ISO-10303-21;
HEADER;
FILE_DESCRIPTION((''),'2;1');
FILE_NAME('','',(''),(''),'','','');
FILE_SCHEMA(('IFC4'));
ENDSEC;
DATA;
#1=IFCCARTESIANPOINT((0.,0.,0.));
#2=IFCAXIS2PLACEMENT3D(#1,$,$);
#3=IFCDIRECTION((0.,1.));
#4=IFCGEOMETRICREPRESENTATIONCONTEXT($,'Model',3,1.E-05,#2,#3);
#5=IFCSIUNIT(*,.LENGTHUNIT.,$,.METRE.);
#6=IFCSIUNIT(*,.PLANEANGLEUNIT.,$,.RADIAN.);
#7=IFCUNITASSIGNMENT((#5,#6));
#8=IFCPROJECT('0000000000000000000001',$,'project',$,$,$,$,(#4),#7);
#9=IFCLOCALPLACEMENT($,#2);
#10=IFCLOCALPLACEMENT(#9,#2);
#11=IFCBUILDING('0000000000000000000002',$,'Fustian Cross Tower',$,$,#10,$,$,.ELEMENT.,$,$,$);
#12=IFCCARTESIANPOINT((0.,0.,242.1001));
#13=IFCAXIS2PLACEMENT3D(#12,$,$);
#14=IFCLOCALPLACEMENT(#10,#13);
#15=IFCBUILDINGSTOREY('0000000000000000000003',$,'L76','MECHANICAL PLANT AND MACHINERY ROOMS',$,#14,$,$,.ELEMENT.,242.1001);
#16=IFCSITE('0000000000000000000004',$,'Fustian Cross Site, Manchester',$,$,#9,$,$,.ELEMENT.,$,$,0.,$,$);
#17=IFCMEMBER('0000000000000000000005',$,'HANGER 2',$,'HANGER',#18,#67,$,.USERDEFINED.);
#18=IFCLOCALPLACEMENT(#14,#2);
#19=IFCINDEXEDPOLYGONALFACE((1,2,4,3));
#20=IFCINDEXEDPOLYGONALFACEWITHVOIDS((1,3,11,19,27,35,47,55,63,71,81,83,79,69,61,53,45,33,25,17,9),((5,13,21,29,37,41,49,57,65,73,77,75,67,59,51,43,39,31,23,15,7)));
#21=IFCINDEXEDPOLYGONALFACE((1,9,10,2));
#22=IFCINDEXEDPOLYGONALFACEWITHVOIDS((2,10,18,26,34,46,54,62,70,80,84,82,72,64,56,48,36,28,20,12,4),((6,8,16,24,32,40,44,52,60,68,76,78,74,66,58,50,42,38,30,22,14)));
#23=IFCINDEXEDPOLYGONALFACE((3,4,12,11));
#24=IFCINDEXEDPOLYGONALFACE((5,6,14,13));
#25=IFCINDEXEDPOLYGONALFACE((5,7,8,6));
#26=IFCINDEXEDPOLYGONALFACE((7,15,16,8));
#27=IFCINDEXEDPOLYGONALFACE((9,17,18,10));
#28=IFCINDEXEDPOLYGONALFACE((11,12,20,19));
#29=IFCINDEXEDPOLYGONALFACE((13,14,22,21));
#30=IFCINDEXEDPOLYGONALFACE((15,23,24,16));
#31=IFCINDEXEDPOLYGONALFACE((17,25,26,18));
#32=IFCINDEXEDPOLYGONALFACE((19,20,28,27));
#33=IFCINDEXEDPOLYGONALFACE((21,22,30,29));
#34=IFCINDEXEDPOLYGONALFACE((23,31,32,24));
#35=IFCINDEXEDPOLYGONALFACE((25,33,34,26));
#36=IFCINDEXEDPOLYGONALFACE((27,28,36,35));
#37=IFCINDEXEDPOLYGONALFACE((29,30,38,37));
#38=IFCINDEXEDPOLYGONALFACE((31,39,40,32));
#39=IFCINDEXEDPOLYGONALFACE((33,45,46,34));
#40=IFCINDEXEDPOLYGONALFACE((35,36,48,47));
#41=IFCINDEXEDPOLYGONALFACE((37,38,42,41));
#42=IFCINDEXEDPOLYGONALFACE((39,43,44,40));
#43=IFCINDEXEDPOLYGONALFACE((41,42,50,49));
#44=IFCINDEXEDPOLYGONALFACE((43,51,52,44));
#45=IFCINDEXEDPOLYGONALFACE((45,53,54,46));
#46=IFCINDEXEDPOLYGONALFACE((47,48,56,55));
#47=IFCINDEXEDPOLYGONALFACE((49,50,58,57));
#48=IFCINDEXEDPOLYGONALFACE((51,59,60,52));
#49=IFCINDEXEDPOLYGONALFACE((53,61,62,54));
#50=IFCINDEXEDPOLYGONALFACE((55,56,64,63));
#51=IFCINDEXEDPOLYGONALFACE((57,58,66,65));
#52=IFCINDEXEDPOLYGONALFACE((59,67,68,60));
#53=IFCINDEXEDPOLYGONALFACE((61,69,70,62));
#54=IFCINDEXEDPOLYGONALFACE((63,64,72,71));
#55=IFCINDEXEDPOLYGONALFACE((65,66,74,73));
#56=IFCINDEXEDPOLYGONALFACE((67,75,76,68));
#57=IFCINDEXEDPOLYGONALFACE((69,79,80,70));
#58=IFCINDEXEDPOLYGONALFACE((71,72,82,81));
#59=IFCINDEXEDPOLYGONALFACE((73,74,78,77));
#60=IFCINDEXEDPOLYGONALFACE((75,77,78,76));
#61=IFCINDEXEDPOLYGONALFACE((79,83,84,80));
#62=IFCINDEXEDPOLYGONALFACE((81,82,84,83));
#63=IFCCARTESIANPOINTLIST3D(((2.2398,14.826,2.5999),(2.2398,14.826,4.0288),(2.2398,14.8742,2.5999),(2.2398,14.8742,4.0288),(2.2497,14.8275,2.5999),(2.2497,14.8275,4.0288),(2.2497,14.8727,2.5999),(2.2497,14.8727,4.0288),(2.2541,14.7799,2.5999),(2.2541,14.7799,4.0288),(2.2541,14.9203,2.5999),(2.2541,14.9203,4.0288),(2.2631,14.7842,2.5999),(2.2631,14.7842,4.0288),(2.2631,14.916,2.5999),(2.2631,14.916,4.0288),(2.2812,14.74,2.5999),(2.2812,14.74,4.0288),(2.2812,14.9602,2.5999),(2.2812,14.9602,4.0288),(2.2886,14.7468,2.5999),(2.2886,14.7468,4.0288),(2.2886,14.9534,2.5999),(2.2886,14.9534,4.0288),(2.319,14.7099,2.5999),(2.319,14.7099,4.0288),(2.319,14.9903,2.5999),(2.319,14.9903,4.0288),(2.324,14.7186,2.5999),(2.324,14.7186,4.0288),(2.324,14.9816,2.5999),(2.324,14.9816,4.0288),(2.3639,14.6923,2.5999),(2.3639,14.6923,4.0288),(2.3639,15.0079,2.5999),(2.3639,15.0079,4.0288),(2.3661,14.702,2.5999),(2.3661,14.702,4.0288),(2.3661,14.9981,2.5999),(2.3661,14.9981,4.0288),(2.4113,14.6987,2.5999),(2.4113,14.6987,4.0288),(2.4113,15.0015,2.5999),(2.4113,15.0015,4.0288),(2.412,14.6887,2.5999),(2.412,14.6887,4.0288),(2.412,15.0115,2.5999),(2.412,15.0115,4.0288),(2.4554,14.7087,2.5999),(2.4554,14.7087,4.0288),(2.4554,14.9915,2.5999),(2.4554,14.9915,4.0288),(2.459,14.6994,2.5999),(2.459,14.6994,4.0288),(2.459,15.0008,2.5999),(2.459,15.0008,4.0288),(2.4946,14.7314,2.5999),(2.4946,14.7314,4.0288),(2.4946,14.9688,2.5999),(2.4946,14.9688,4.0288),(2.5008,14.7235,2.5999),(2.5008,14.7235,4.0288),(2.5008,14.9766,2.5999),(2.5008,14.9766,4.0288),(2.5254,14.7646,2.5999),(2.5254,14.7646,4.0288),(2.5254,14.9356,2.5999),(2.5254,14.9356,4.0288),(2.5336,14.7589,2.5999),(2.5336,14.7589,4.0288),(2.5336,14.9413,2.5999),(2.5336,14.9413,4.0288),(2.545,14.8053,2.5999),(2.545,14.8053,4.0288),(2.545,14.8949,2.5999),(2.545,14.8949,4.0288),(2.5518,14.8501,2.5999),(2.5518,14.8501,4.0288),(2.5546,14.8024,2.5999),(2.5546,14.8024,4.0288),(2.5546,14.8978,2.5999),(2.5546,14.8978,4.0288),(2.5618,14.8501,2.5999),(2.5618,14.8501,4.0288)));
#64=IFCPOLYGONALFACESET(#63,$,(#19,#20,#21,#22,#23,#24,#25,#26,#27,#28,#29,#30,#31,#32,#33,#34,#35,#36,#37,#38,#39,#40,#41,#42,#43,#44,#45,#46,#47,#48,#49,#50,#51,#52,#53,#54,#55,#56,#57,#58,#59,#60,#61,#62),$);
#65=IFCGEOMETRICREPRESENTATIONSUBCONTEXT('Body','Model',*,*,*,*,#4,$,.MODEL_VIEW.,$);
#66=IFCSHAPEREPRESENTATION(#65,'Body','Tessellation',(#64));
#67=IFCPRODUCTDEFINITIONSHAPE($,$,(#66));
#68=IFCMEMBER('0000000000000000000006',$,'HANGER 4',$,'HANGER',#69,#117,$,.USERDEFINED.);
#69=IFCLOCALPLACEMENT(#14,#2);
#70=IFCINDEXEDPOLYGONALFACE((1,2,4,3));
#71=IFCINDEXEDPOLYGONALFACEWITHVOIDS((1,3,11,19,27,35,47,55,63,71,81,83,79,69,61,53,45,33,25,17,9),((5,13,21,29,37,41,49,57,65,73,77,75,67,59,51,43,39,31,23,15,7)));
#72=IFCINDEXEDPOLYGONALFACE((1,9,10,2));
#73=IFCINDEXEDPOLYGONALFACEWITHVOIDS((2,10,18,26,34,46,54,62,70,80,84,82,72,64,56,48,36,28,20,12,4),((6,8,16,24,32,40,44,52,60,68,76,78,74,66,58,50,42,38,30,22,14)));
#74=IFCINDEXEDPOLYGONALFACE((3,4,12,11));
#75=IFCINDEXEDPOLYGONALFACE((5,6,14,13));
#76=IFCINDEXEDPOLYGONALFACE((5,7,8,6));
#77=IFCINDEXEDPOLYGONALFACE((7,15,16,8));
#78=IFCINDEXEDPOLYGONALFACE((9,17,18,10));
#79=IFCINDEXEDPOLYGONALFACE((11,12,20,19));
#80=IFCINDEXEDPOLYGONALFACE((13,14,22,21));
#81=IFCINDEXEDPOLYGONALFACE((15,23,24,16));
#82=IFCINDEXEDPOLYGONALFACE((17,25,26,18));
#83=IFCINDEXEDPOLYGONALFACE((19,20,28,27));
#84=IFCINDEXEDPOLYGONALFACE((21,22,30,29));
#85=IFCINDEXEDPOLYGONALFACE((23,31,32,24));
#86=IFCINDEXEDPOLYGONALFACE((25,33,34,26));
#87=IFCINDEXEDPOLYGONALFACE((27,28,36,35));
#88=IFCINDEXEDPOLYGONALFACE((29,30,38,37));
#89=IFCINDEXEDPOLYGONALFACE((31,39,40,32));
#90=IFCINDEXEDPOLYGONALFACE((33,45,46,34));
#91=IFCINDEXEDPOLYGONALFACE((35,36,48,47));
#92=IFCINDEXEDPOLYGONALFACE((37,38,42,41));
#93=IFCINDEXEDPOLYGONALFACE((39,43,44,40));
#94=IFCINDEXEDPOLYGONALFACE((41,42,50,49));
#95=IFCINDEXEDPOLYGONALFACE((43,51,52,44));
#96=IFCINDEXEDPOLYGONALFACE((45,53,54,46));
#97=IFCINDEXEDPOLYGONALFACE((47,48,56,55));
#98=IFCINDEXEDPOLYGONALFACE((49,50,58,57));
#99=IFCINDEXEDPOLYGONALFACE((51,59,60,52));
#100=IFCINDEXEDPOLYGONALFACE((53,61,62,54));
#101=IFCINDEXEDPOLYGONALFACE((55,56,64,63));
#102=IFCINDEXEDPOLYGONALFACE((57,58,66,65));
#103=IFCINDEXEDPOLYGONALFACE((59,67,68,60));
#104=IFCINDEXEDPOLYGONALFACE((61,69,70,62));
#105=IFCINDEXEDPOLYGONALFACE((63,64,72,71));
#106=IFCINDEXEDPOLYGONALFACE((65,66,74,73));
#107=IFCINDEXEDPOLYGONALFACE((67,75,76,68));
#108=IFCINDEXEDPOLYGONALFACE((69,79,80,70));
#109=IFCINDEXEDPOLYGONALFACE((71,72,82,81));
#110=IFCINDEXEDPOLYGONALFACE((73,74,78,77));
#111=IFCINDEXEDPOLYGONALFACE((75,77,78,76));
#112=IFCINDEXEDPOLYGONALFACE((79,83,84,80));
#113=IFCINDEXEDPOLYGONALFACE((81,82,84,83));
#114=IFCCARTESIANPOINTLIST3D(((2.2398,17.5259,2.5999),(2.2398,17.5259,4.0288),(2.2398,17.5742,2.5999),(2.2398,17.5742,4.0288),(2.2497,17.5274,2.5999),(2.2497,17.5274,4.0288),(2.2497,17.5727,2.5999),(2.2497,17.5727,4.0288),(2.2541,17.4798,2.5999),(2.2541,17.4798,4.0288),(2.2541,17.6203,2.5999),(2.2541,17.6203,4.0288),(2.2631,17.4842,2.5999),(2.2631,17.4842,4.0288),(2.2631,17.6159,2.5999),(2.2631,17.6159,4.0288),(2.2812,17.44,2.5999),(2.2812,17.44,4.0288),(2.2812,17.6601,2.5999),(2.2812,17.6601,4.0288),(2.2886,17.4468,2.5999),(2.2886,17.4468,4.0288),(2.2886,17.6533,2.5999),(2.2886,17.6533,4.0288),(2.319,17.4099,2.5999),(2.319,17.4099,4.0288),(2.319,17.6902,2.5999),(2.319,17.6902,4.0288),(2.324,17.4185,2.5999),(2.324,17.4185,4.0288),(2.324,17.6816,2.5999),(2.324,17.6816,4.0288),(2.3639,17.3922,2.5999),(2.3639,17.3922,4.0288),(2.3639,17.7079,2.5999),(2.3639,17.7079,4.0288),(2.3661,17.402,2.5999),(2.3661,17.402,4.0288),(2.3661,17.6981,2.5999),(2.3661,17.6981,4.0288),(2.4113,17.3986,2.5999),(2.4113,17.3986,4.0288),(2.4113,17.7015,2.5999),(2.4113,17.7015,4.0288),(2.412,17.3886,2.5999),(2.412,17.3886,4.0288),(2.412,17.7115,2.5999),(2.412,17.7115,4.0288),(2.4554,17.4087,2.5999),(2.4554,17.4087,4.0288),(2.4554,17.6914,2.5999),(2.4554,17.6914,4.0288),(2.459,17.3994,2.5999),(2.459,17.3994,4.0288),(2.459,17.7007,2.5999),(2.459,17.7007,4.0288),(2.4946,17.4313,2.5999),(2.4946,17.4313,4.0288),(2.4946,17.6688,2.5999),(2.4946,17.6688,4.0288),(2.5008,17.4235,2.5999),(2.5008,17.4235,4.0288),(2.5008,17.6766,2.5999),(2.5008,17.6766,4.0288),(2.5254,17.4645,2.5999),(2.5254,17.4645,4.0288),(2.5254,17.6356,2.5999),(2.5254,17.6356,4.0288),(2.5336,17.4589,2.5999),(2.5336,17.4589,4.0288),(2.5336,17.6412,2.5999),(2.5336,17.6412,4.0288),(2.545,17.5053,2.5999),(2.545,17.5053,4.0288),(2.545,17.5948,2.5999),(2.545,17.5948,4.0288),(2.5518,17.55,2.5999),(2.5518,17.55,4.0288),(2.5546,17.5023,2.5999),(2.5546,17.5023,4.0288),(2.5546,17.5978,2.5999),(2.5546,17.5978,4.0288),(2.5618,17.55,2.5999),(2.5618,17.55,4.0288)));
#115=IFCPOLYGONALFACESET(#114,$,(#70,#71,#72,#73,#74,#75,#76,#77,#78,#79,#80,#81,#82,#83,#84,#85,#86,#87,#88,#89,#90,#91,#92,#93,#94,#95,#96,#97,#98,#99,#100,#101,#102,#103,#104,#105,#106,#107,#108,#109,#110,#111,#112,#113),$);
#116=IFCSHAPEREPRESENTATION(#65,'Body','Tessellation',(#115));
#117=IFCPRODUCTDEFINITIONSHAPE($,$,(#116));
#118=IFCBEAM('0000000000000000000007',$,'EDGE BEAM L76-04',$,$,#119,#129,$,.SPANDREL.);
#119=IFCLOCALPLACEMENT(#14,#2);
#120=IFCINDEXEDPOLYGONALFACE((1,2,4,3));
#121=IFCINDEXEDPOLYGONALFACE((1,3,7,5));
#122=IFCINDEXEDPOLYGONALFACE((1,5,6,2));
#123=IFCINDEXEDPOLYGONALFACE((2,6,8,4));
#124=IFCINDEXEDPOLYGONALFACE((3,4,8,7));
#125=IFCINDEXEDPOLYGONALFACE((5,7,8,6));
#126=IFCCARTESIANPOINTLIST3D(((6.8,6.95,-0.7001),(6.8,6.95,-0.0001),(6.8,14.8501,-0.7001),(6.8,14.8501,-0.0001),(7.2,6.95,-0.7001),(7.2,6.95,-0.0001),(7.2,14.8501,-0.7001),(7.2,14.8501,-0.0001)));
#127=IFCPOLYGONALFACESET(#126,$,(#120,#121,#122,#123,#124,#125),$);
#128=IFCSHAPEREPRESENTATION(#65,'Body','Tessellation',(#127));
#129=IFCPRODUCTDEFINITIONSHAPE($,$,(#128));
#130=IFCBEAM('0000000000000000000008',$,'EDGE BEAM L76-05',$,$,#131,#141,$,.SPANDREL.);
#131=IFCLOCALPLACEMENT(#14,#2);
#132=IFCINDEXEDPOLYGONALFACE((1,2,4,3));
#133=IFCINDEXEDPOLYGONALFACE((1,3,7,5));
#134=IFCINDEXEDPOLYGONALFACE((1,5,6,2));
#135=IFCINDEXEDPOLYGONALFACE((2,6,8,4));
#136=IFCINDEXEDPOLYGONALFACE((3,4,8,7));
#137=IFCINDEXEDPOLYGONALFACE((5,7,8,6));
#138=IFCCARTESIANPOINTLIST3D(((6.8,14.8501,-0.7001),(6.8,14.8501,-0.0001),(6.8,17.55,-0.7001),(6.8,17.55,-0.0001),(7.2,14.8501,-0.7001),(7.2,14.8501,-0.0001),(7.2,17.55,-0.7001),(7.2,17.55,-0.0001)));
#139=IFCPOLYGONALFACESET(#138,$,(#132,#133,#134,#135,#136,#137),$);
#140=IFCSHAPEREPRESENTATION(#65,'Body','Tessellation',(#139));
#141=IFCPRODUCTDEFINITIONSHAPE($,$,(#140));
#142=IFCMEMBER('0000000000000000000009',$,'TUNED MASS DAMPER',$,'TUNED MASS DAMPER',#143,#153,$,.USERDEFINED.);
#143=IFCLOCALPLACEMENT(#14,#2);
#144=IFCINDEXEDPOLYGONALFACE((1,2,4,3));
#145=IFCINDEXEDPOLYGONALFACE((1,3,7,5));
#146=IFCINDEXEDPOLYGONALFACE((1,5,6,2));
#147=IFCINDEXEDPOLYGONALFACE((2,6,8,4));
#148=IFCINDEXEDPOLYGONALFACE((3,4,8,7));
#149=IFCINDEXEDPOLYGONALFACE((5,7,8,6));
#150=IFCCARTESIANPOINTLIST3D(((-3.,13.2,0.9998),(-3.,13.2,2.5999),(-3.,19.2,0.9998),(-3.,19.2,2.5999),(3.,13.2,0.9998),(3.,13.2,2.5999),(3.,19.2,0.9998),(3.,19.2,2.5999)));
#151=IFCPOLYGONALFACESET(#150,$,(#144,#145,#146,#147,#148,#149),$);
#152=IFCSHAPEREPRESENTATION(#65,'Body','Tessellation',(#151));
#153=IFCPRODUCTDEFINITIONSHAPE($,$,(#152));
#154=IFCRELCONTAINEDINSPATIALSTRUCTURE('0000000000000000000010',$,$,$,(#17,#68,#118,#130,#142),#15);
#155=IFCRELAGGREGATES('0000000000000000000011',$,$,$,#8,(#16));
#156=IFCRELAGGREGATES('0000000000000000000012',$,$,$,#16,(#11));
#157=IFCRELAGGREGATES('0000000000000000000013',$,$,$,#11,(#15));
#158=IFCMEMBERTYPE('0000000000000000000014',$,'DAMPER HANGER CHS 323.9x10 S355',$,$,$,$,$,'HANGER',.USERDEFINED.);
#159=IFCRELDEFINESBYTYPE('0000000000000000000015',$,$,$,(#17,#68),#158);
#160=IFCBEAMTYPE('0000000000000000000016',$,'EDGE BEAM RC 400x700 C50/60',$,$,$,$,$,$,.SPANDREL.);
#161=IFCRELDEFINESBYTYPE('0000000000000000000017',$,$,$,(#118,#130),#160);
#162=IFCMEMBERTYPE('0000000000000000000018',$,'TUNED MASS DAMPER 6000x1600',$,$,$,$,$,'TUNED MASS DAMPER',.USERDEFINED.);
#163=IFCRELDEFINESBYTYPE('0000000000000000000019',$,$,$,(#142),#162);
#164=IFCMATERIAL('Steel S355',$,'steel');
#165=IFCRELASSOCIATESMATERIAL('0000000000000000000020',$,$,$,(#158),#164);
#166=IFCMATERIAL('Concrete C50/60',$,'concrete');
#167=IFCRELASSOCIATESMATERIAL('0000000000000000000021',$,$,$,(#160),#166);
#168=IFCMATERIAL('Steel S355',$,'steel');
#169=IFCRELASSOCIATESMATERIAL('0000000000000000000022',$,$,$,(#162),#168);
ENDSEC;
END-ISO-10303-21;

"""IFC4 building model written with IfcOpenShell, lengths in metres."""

from ifc_helpers import new_model, si_unit, direction, frame, origin, origin_2d, place, context, subcontext, project, spatial, rectangle, hollow_circle, extrude, material, material_profile, profile_set, type_object, element, save


model = new_model("IFC4")

# Units and contexts
model_context = context("Model", 3, precision=1e-05, world=origin(), true_north=direction((0.0, 1.0)))
body_context = subcontext(model_context, "Body", "Model", "MODEL_VIEW")
ifc_project = project(units=[si_unit("LENGTHUNIT", "METRE"), si_unit("PLANEANGLEUNIT", "RADIAN")], contexts=[model_context])

# Site, building, storey
site_placement = place(None, origin())
site = spatial("IfcSite", under=ifc_project, at=site_placement, Name="Fustian Cross Site, Manchester", CompositionType="ELEMENT", RefElevation=0.0)
building_placement = place(site_placement, origin())
building = spatial("IfcBuilding", under=site, at=building_placement, Name="Fustian Cross Tower", CompositionType="ELEMENT")
storey_placement = place(building_placement, frame((0.0, 0.0, 242.1001)))
storey = spatial("IfcBuildingStorey", under=building, at=storey_placement, Name="L76", Description="MECHANICAL PLANT AND MACHINERY ROOMS", CompositionType="ELEMENT", Elevation=242.1001)

# Members
ifc_material_1 = material(Name="Steel S355", Category="steel")
ifc_material_profile_1 = material_profile(ifc_material_1, hollow_circle(Radius=0.1619, WallThickness=0.01, at=origin_2d()), Name="CHS 323.9x10")
ifc_profile_set_1 = profile_set([ifc_material_profile_1], Name="Steel S355")
member_type_1 = type_object("IfcMemberType", Name="DAMPER HANGER CHS 323.9x10 S355", ElementType="HANGER", PredefinedType="USERDEFINED", material=ifc_profile_set_1)
for number, where, z_axis, x_axis, name in (
    (1, (2.3999, 14.8501, 2.5999), (0.0, 0.0, 1.0), (1.0, 0.0, 0.0), "HANGER 2"),
    (2, (2.3999, 17.55, 2.5999), (0.0, 0.0, 1.0), (1.0, 0.0, 0.0), "HANGER 4"),
):
    element("IfcMember", number, at=place(storey_placement, frame(where, z_axis=z_axis, x_axis=x_axis)), inside=storey, type_object=member_type_1, Name=name, ObjectType="HANGER", PredefinedType="USERDEFINED", context=body_context, shape_type="SweptSolid", body=[
        extrude(hollow_circle(Radius=0.1619, WallThickness=0.01, at=origin_2d()), origin(), (0.0, 0.0, 1.0), 1.429),
    ])

# Beams
ifc_material_2 = material(Name="Concrete C50/60", Category="concrete")
ifc_material_profile_2 = material_profile(ifc_material_2, rectangle(XDim=0.3999, YDim=0.7, at=origin_2d()), Name="RC 400x700")
ifc_profile_set_2 = profile_set([ifc_material_profile_2], Name="Concrete C50/60")
beam_type = type_object("IfcBeamType", Name="EDGE BEAM RC 400x700 C50/60", PredefinedType="SPANDREL", material=ifc_profile_set_2)
beam_1_placement = place(storey_placement, frame((7.0, 6.95, -0.3501), z_axis=(0.0, 1.0, 0.0), x_axis=(-1.0, 0.0, 0.0)))
element("IfcBeam", 3, at=beam_1_placement, inside=storey, type_object=beam_type, Name="EDGE BEAM L76-04", PredefinedType="SPANDREL", context=body_context, shape_type="SweptSolid", body=[
    extrude(rectangle(XDim=0.3999, YDim=0.7, at=origin_2d()), origin(), (0.0, 0.0, 1.0), 7.9001),
])
beam_2_placement = place(storey_placement, frame((7.0, 14.8501, -0.3501), z_axis=(0.0, 1.0, 0.0), x_axis=(-1.0, 0.0, 0.0)))
element("IfcBeam", 4, at=beam_2_placement, inside=storey, type_object=beam_type, Name="EDGE BEAM L76-05", PredefinedType="SPANDREL", context=body_context, shape_type="SweptSolid", body=[
    extrude(rectangle(XDim=0.3999, YDim=0.7, at=origin_2d()), origin(), (0.0, 0.0, 1.0), 2.7),
])

# Member
ifc_material_3 = material(Name="Steel S355", Category="steel")
ifc_material_profile_3 = material_profile(ifc_material_3, rectangle(XDim=6.0, YDim=1.6001, at=origin_2d()), Name="TUNED MASS DAMPER 6000x1600")
ifc_profile_set_3 = profile_set([ifc_material_profile_3], Name="Steel S355")
member_type_2 = type_object("IfcMemberType", Name="TUNED MASS DAMPER 6000x1600", ElementType="TUNED MASS DAMPER", PredefinedType="USERDEFINED", material=ifc_profile_set_3)
member_1_placement = place(storey_placement, frame((0.0, 13.2, 1.7998), z_axis=(0.0, 1.0, 0.0), x_axis=(-1.0, 0.0, 0.0)))
element("IfcMember", 5, at=member_1_placement, inside=storey, type_object=member_type_2, Name="TUNED MASS DAMPER", ObjectType="TUNED MASS DAMPER", PredefinedType="USERDEFINED", context=body_context, shape_type="SweptSolid", body=[
    extrude(rectangle(XDim=6.0, YDim=1.6001, at=origin_2d()), origin(), (0.0, 0.0, 1.0), 6.0),
])

save(model, "model.ifc")
